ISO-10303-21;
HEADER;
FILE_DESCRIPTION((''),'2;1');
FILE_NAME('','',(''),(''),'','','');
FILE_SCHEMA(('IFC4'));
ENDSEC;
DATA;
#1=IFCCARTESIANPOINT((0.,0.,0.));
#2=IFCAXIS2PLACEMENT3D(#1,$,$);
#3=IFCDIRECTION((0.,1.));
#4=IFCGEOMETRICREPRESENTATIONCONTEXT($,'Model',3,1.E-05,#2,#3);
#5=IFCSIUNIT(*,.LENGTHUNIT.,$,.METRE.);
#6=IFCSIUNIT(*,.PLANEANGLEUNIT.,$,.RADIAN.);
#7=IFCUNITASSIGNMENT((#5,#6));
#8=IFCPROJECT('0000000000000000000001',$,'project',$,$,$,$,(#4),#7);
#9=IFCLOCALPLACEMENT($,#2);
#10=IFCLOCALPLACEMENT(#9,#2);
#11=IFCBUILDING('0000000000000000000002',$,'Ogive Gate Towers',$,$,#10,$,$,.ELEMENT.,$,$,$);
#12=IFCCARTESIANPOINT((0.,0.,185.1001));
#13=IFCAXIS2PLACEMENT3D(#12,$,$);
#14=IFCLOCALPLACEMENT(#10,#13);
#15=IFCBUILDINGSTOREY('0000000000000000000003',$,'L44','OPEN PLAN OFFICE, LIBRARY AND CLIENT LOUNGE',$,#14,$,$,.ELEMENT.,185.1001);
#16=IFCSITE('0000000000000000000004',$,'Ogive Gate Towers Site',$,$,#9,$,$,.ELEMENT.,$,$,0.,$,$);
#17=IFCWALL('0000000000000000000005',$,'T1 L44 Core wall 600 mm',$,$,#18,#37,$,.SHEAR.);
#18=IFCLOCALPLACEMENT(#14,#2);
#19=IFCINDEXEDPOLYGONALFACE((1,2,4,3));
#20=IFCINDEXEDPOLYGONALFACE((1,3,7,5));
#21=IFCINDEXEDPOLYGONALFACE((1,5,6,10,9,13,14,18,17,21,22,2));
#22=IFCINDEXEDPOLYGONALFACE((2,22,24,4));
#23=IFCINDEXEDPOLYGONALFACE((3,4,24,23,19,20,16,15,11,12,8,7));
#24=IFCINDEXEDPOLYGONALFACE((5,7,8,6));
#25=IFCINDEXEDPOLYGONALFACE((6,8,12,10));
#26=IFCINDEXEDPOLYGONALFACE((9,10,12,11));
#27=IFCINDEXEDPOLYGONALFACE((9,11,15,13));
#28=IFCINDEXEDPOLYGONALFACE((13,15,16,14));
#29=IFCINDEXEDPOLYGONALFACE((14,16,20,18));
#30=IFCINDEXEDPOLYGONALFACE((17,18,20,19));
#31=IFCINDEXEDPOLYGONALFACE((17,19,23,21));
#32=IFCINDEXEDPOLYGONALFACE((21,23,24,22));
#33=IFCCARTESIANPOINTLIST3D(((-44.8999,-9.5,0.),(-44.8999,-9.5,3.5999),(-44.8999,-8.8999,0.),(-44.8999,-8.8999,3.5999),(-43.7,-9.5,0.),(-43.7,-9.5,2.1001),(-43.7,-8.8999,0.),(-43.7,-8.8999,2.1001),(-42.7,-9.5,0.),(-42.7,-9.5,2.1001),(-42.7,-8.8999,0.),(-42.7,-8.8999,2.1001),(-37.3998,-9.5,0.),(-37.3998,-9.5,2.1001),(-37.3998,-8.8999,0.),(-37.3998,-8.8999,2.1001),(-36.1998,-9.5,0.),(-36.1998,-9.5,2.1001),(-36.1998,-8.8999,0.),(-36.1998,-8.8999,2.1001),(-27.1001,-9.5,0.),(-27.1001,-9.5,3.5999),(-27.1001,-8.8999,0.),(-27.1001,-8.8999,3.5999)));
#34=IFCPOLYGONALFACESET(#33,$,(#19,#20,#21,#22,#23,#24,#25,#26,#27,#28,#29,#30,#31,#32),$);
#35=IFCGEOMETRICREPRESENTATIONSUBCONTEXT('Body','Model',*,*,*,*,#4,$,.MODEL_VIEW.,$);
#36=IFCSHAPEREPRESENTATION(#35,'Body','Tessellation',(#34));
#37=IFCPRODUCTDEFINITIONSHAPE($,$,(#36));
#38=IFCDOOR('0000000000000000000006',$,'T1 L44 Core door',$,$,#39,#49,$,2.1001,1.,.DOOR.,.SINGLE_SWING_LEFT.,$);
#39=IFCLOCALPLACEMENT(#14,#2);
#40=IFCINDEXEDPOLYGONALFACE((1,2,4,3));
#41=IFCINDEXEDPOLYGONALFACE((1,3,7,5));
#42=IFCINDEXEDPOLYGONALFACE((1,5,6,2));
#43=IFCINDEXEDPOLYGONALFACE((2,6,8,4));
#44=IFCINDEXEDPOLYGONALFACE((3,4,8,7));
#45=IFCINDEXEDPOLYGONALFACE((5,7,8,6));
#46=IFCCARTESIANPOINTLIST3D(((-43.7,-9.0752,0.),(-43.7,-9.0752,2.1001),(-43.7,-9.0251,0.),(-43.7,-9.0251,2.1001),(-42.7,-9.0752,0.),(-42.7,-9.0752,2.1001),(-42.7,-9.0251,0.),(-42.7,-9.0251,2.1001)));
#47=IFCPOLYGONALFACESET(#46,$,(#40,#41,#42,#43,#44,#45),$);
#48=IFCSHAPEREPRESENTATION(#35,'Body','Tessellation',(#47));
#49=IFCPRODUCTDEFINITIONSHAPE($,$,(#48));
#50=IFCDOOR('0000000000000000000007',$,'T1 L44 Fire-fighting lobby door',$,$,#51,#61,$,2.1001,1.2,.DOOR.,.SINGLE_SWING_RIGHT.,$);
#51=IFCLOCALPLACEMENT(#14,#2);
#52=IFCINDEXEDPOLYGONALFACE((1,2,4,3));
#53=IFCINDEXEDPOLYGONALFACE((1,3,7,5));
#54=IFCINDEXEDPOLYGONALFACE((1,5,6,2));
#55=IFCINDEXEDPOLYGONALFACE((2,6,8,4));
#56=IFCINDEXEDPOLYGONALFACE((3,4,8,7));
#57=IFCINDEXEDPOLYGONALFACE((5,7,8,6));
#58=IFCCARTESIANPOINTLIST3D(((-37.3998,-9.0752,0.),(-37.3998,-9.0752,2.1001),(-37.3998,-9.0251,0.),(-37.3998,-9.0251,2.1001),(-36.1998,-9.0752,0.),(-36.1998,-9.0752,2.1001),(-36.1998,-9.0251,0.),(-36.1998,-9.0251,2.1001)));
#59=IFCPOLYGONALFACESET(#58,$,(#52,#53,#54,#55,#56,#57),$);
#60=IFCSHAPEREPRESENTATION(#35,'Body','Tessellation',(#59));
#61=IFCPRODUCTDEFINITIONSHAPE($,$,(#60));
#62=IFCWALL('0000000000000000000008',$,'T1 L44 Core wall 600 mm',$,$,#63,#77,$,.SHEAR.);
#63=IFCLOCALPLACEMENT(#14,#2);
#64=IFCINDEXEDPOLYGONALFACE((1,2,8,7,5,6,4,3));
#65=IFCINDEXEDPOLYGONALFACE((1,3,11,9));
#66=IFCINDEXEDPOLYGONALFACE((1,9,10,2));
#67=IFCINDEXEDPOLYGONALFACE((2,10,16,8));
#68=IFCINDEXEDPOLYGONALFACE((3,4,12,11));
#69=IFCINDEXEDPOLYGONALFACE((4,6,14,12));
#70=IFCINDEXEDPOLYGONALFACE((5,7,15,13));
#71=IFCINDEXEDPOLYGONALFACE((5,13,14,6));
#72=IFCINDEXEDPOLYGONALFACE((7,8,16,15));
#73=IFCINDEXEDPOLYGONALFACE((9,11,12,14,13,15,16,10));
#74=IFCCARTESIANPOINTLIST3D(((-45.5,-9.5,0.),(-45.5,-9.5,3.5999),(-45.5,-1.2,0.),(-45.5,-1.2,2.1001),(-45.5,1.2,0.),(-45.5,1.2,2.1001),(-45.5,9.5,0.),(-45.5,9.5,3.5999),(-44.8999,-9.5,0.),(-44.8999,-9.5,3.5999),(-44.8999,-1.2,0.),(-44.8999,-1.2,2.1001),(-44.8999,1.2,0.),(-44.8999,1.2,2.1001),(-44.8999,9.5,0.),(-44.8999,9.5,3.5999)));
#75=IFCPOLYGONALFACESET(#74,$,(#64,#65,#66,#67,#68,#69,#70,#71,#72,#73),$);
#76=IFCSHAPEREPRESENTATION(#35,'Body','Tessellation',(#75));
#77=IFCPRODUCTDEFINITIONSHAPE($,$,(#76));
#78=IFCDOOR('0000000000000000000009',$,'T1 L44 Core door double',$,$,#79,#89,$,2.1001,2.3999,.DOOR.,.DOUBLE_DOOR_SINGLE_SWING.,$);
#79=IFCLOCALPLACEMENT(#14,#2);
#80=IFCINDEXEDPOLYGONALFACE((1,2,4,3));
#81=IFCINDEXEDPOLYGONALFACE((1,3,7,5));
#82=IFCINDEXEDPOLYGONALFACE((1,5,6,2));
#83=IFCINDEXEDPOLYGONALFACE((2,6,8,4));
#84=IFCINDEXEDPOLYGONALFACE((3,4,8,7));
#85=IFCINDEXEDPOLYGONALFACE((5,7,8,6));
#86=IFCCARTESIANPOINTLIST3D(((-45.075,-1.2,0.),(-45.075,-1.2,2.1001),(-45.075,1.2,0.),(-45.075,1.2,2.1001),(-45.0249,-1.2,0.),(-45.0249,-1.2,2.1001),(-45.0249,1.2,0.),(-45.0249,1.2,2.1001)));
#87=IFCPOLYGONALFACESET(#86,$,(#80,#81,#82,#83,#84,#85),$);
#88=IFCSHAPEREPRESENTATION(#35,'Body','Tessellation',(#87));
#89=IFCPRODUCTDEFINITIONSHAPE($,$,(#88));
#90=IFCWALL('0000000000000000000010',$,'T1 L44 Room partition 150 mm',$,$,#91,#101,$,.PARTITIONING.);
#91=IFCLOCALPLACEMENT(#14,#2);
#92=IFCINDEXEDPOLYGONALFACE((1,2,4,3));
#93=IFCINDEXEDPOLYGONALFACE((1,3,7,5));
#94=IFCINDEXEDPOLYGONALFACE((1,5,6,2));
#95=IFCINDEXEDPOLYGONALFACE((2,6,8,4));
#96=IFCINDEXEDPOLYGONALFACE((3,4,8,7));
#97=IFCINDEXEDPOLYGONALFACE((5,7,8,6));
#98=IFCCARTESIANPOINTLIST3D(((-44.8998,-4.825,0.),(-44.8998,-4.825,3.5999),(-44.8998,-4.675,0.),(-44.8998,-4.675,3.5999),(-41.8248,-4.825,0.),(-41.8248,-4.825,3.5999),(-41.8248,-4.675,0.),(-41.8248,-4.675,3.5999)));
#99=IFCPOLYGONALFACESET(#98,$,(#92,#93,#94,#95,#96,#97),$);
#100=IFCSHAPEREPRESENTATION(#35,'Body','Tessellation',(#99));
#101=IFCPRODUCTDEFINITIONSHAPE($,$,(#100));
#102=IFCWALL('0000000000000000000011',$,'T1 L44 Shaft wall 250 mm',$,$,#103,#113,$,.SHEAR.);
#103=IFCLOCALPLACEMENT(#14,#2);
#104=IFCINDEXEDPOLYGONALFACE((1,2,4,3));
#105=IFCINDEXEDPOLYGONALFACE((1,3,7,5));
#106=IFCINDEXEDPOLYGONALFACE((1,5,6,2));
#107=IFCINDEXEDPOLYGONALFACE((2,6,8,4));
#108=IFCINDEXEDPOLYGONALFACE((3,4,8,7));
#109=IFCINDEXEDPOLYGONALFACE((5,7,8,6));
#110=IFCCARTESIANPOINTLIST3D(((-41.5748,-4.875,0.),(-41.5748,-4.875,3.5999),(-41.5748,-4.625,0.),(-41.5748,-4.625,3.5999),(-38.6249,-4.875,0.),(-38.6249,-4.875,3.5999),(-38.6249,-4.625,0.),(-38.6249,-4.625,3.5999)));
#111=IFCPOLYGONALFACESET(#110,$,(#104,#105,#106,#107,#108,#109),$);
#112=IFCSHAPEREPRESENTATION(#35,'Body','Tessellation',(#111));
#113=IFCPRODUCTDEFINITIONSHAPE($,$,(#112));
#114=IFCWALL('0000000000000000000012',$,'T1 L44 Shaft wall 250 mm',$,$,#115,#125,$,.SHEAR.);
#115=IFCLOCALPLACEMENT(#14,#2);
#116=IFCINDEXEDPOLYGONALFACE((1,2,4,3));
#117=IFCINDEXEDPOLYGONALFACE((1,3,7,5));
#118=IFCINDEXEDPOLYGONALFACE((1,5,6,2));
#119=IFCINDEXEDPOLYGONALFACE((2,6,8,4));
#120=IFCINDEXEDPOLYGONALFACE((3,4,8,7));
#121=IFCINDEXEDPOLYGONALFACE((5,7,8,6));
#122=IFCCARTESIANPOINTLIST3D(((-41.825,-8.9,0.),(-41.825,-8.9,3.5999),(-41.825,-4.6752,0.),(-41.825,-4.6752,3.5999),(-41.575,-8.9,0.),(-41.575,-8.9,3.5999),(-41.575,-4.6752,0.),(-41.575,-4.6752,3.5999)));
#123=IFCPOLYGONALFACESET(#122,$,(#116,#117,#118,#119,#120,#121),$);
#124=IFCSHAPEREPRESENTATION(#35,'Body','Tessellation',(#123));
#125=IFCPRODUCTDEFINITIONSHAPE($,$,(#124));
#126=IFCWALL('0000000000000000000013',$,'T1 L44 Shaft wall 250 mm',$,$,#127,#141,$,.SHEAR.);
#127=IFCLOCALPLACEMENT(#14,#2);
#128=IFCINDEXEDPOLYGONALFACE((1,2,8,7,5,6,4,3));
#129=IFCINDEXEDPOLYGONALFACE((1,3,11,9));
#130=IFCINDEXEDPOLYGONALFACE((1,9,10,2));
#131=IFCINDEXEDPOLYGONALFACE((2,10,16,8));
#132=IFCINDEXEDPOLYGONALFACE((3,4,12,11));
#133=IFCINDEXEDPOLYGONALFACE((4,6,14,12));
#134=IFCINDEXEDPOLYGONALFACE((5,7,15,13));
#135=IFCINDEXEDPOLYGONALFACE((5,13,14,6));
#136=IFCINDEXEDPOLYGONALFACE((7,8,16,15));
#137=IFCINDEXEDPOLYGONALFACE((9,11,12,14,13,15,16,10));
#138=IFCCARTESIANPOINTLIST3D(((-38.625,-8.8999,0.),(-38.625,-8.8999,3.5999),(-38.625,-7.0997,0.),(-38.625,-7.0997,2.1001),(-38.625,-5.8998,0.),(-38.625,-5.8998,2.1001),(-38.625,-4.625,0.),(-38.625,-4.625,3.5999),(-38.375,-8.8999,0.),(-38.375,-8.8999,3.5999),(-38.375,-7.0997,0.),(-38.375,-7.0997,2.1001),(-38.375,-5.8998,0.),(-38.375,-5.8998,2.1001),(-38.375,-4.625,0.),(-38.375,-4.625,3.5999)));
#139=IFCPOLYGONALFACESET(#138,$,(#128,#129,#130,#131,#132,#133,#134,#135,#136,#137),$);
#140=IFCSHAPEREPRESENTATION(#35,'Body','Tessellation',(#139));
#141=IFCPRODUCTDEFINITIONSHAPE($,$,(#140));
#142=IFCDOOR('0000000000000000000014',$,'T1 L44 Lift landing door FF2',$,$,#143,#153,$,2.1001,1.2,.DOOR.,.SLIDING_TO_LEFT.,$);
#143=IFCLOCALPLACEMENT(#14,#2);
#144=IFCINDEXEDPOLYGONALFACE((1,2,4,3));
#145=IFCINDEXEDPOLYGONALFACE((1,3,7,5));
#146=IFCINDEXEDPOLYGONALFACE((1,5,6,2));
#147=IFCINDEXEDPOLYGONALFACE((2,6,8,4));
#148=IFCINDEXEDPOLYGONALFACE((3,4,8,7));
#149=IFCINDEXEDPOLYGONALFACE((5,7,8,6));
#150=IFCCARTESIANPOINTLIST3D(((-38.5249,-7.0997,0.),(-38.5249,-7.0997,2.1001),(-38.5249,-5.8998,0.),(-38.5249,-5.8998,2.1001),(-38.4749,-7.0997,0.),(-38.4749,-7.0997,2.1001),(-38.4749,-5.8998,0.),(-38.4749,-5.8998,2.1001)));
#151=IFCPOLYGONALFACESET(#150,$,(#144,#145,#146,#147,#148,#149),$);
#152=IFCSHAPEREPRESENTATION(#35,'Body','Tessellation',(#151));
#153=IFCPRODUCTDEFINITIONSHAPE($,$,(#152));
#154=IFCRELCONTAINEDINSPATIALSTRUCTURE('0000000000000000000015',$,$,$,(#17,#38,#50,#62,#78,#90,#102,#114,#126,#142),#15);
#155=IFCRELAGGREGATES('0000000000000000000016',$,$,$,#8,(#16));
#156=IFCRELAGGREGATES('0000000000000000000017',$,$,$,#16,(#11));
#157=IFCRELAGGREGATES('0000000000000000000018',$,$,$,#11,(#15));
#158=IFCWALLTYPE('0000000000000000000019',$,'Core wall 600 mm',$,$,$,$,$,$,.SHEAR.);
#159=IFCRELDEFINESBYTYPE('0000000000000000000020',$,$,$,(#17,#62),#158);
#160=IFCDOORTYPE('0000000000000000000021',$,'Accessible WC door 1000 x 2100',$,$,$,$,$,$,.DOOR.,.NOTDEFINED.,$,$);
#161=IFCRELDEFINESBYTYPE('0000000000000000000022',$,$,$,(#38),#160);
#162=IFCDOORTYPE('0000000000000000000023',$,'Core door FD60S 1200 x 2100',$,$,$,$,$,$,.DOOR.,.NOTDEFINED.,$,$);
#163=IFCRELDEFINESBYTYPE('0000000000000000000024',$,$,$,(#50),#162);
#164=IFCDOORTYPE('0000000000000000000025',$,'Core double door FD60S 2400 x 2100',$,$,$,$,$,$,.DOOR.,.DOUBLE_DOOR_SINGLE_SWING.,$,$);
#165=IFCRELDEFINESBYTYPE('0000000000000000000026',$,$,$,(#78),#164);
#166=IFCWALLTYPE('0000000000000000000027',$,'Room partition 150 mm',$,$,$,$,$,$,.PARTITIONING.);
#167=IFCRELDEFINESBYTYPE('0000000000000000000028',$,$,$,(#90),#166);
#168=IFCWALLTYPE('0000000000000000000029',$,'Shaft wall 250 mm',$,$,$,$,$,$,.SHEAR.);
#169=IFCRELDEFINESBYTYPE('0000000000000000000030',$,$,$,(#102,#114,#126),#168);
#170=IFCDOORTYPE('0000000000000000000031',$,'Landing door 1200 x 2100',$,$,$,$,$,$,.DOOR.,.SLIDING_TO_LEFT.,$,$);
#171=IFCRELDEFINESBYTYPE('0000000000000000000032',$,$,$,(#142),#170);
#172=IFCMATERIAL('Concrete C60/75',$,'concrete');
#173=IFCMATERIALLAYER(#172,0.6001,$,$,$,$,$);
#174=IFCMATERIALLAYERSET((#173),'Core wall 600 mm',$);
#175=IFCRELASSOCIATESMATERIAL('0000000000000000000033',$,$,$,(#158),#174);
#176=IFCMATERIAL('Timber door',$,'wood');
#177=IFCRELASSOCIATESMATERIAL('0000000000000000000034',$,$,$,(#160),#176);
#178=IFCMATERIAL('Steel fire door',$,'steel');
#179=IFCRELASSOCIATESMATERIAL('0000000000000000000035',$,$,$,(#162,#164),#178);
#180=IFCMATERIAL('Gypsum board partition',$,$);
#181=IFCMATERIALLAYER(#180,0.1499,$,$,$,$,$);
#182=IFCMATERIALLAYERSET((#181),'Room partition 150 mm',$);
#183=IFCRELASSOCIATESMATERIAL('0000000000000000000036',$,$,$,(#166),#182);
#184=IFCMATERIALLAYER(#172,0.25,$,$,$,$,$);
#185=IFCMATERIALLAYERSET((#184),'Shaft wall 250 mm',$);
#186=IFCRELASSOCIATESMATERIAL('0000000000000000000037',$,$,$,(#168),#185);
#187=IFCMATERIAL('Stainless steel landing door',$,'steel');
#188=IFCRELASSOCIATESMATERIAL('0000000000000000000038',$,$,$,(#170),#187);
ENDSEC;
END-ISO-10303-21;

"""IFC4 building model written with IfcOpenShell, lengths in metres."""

from ifc_helpers import new_model, si_unit, direction, frame, frame_2d, origin, place, context, subcontext, project, spatial, rectangle, extrude, material, layer, layer_set, type_object, element, fill, save


model = new_model("IFC4")

# Units and contexts
model_context = context("Model", 3, precision=1e-05, world=origin(), true_north=direction((0.0, 1.0)))
body_context = subcontext(model_context, "Body", "Model", "MODEL_VIEW")
ifc_project = project(units=[si_unit("LENGTHUNIT", "METRE"), si_unit("PLANEANGLEUNIT", "RADIAN")], contexts=[model_context])

# Site, building, storey
site_placement = place(None, origin())
site = spatial("IfcSite", under=ifc_project, at=site_placement, Name="Ogive Gate Towers Site", CompositionType="ELEMENT", RefElevation=0.0)
building_placement = place(site_placement, origin())
building = spatial("IfcBuilding", under=site, at=building_placement, Name="Ogive Gate Towers", CompositionType="ELEMENT")
storey_placement = place(building_placement, frame((0.0, 0.0, 185.1001)))
storey = spatial("IfcBuildingStorey", under=building, at=storey_placement, Name="L44", Description="OPEN PLAN OFFICE, LIBRARY AND CLIENT LOUNGE", CompositionType="ELEMENT", Elevation=185.1001)

# Shared definitions
ifc_material_1 = material(Name="Timber door", Category="wood")

# Wall, openings, doors
ifc_material_2 = material(Name="Concrete C60/75", Category="concrete")
ifc_layer_1 = layer(ifc_material_2, 0.6001)
ifc_layer_set_1 = layer_set([ifc_layer_1], Name="Core wall 600 mm")
wall_type_1 = type_object("IfcWallType", Name="Core wall 600 mm", PredefinedType="SHEAR", material=ifc_layer_set_1)
wall_1_placement = place(storey_placement, frame((-44.8999, -9.2, 0.0), z_axis=(0.0, 0.0, 1.0), x_axis=(1.0, 0.0, 0.0)))
wall_1 = element("IfcWall", 1, at=wall_1_placement, inside=storey, type_object=wall_type_1, Name="T1 L44 Core wall 600 mm", PredefinedType="SHEAR", context=body_context, shape_type="SweptSolid", body=[
    extrude(rectangle(XDim=17.7998, YDim=0.6001, at=frame_2d((8.8999, 0.0))), origin(), (0.0, 0.0, 1.0), 3.5999),
])
opening_1_placement = place(wall_1_placement, frame((7.5, 0.0, 0.0)))
opening_1 = element("IfcOpeningElement", 2, at=opening_1_placement, cuts=wall_1, PredefinedType="OPENING", context=body_context, shape_type="SweptSolid", body=[
    extrude(rectangle(XDim=1.2, YDim=2.1001, at=frame_2d((0.6001, 1.05))), frame((0.0, 0.3101, 0.0), z_axis=(0.0, -1.0, 0.0), x_axis=(1.0, 0.0, 0.0)), (0.0, 0.0, 1.0), 0.6201),
])
opening_2_placement = place(wall_1_placement, frame((1.2, 0.0, 0.0)))
opening_2 = element("IfcOpeningElement", 3, at=opening_2_placement, cuts=wall_1, PredefinedType="OPENING", context=body_context, shape_type="SweptSolid", body=[
    extrude(rectangle(XDim=1.0, YDim=2.1001, at=frame_2d((0.5, 1.05))), frame((0.0, 0.3101, 0.0), z_axis=(0.0, -1.0, 0.0), x_axis=(1.0, 0.0, 0.0)), (0.0, 0.0, 1.0), 0.6201),
])
door_type_1 = type_object("IfcDoorType", Name="Accessible WC door 1000 x 2100", OperationType="NOTDEFINED", PredefinedType="DOOR", material=ifc_material_1)
door_1_placement = place(opening_2_placement, origin())
door_1 = element("IfcDoor", 4, at=door_1_placement, inside=storey, type_object=door_type_1, Name="T1 L44 Core door", OperationType="SINGLE_SWING_LEFT", OverallHeight=2.1001, OverallWidth=1.0, PredefinedType="DOOR", context=body_context, shape_type="SweptSolid", body=[
    extrude(rectangle(XDim=1.0, YDim=2.1001, at=frame_2d((0.5, 1.05))), frame((0.0, 0.1748, 0.0), z_axis=(0.0, -1.0, 0.0), x_axis=(1.0, 0.0, 0.0)), (0.0, 0.0, 1.0), 0.05),
])
fill(opening_2, door_1)
ifc_material_3 = material(Name="Steel fire door", Category="steel")
door_type_2 = type_object("IfcDoorType", Name="Core door FD60S 1200 x 2100", OperationType="NOTDEFINED", PredefinedType="DOOR", material=ifc_material_3)
door_2_placement = place(opening_1_placement, origin())
door_2 = element("IfcDoor", 5, at=door_2_placement, inside=storey, type_object=door_type_2, Name="T1 L44 Fire-fighting lobby door", OperationType="SINGLE_SWING_RIGHT", OverallHeight=2.1001, OverallWidth=1.2, PredefinedType="DOOR", context=body_context, shape_type="SweptSolid", body=[
    extrude(rectangle(XDim=1.2, YDim=2.1001, at=frame_2d((0.6001, 1.05))), frame((0.0, 0.1748, 0.0), z_axis=(0.0, -1.0, 0.0), x_axis=(1.0, 0.0, 0.0)), (0.0, 0.0, 1.0), 0.05),
])
fill(opening_1, door_2)

# Wall, opening, door
wall_2_placement = place(storey_placement, frame((-45.2, -9.5, 0.0), z_axis=(0.0, 0.0, 1.0), x_axis=(0.0, 1.0, 0.0)))
wall_2 = element("IfcWall", 6, at=wall_2_placement, inside=storey, type_object=wall_type_1, Name="T1 L44 Core wall 600 mm", PredefinedType="SHEAR", context=body_context, shape_type="SweptSolid", body=[
    extrude(rectangle(XDim=19.0, YDim=0.6001, at=frame_2d((9.5, 0.0))), origin(), (0.0, 0.0, 1.0), 3.5999),
])
opening_3_placement = place(wall_2_placement, frame((8.3, 0.0, 0.0)))
opening_3 = element("IfcOpeningElement", 7, at=opening_3_placement, cuts=wall_2, PredefinedType="OPENING", context=body_context, shape_type="SweptSolid", body=[
    extrude(rectangle(XDim=2.3999, YDim=2.1001, at=frame_2d((1.2, 1.05))), frame((0.0, 0.3101, 0.0), z_axis=(0.0, -1.0, 0.0), x_axis=(1.0, 0.0, 0.0)), (0.0, 0.0, 1.0), 0.6201),
])
door_type_3 = type_object("IfcDoorType", Name="Core double door FD60S 2400 x 2100", OperationType="DOUBLE_DOOR_SINGLE_SWING", PredefinedType="DOOR", material=ifc_material_3)
door_3_placement = place(opening_3_placement, origin())
door_3 = element("IfcDoor", 8, at=door_3_placement, inside=storey, type_object=door_type_3, Name="T1 L44 Core door double", OperationType="DOUBLE_DOOR_SINGLE_SWING", OverallHeight=2.1001, OverallWidth=2.3999, PredefinedType="DOOR", context=body_context, shape_type="SweptSolid", body=[
    extrude(rectangle(XDim=2.3999, YDim=2.1001, at=frame_2d((1.2, 1.05))), frame((0.0, -0.125, 0.0), z_axis=(0.0, -1.0, 0.0), x_axis=(1.0, 0.0, 0.0)), (0.0, 0.0, 1.0), 0.05),
])
fill(opening_3, door_3)

# Walls
ifc_material_4 = material(Name="Gypsum board partition")
ifc_layer_2 = layer(ifc_material_4, 0.1499)
ifc_layer_set_2 = layer_set([ifc_layer_2], Name="Room partition 150 mm")
wall_type_2 = type_object("IfcWallType", Name="Room partition 150 mm", PredefinedType="PARTITIONING", material=ifc_layer_set_2)
wall_3_placement = place(storey_placement, frame((-44.8999, -4.75, 0.0), z_axis=(0.0, 0.0, 1.0), x_axis=(1.0, 0.0, 0.0)))
element("IfcWall", 9, at=wall_3_placement, inside=storey, type_object=wall_type_2, Name="T1 L44 Room partition 150 mm", PredefinedType="PARTITIONING", context=body_context, shape_type="SweptSolid", body=[
    extrude(rectangle(XDim=3.075, YDim=0.1499, at=frame_2d((1.5376, 0.0))), origin(), (0.0, 0.0, 1.0), 3.5999),
])
ifc_layer_3 = layer(ifc_material_2, 0.25)
ifc_layer_set_3 = layer_set([ifc_layer_3], Name="Shaft wall 250 mm")
wall_type_3 = type_object("IfcWallType", Name="Shaft wall 250 mm", PredefinedType="SHEAR", material=ifc_layer_set_3)
wall_4_placement = place(storey_placement, frame((-41.575, -4.75, 0.0), z_axis=(0.0, 0.0, 1.0), x_axis=(1.0, 0.0, 0.0)))
element("IfcWall", 10, at=wall_4_placement, inside=storey, type_object=wall_type_3, Name="T1 L44 Shaft wall 250 mm", PredefinedType="SHEAR", context=body_context, shape_type="SweptSolid", body=[
    extrude(rectangle(XDim=2.95, YDim=0.25, at=frame_2d((1.4751, 0.0))), origin(), (0.0, 0.0, 1.0), 3.5999),
])
wall_5_placement = place(storey_placement, frame((-41.7, -8.8999, 0.0), z_axis=(0.0, 0.0, 1.0), x_axis=(0.0, 1.0, 0.0)))
element("IfcWall", 11, at=wall_5_placement, inside=storey, type_object=wall_type_3, Name="T1 L44 Shaft wall 250 mm", PredefinedType="SHEAR", context=body_context, shape_type="SweptSolid", body=[
    extrude(rectangle(XDim=4.2249, YDim=0.25, at=frame_2d((2.1123, 0.0))), origin(), (0.0, 0.0, 1.0), 3.5999),
])

# Wall, opening, door
wall_6_placement = place(storey_placement, frame((-38.5, -8.8999, 0.0), z_axis=(0.0, 0.0, 1.0), x_axis=(0.0, 1.0, 0.0)))
wall_6 = element("IfcWall", 12, at=wall_6_placement, inside=storey, type_object=wall_type_3, Name="T1 L44 Shaft wall 250 mm", PredefinedType="SHEAR", context=body_context, shape_type="SweptSolid", body=[
    extrude(rectangle(XDim=4.2749, YDim=0.25, at=frame_2d((2.1375, 0.0))), origin(), (0.0, 0.0, 1.0), 3.5999),
])
opening_4_placement = place(wall_6_placement, frame((1.8, 0.0, 0.0)))
opening_4 = element("IfcOpeningElement", 13, at=opening_4_placement, cuts=wall_6, PredefinedType="OPENING", context=body_context, shape_type="SweptSolid", body=[
    extrude(rectangle(XDim=1.2, YDim=2.1001, at=frame_2d((0.6001, 1.05))), frame((0.0, 0.135, 0.0), z_axis=(0.0, -1.0, 0.0), x_axis=(1.0, 0.0, 0.0)), (0.0, 0.0, 1.0), 0.27),
])
ifc_material_5 = material(Name="Stainless steel landing door", Category="steel")
door_type_4 = type_object("IfcDoorType", Name="Landing door 1200 x 2100", OperationType="SLIDING_TO_LEFT", PredefinedType="DOOR", material=ifc_material_5)
door_4_placement = place(opening_4_placement, origin())
door_4 = element("IfcDoor", 14, at=door_4_placement, inside=storey, type_object=door_type_4, Name="T1 L44 Lift landing door FF2", OperationType="SLIDING_TO_LEFT", OverallHeight=2.1001, OverallWidth=1.2, PredefinedType="DOOR", context=body_context, shape_type="SweptSolid", body=[
    extrude(rectangle(XDim=1.2, YDim=2.1001, at=frame_2d((0.6001, 1.05))), frame((0.0, 0.0249, 0.0), z_axis=(0.0, -1.0, 0.0), x_axis=(1.0, 0.0, 0.0)), (0.0, 0.0, 1.0), 0.05),
])
fill(opening_4, door_4)

save(model, "model.ifc")
